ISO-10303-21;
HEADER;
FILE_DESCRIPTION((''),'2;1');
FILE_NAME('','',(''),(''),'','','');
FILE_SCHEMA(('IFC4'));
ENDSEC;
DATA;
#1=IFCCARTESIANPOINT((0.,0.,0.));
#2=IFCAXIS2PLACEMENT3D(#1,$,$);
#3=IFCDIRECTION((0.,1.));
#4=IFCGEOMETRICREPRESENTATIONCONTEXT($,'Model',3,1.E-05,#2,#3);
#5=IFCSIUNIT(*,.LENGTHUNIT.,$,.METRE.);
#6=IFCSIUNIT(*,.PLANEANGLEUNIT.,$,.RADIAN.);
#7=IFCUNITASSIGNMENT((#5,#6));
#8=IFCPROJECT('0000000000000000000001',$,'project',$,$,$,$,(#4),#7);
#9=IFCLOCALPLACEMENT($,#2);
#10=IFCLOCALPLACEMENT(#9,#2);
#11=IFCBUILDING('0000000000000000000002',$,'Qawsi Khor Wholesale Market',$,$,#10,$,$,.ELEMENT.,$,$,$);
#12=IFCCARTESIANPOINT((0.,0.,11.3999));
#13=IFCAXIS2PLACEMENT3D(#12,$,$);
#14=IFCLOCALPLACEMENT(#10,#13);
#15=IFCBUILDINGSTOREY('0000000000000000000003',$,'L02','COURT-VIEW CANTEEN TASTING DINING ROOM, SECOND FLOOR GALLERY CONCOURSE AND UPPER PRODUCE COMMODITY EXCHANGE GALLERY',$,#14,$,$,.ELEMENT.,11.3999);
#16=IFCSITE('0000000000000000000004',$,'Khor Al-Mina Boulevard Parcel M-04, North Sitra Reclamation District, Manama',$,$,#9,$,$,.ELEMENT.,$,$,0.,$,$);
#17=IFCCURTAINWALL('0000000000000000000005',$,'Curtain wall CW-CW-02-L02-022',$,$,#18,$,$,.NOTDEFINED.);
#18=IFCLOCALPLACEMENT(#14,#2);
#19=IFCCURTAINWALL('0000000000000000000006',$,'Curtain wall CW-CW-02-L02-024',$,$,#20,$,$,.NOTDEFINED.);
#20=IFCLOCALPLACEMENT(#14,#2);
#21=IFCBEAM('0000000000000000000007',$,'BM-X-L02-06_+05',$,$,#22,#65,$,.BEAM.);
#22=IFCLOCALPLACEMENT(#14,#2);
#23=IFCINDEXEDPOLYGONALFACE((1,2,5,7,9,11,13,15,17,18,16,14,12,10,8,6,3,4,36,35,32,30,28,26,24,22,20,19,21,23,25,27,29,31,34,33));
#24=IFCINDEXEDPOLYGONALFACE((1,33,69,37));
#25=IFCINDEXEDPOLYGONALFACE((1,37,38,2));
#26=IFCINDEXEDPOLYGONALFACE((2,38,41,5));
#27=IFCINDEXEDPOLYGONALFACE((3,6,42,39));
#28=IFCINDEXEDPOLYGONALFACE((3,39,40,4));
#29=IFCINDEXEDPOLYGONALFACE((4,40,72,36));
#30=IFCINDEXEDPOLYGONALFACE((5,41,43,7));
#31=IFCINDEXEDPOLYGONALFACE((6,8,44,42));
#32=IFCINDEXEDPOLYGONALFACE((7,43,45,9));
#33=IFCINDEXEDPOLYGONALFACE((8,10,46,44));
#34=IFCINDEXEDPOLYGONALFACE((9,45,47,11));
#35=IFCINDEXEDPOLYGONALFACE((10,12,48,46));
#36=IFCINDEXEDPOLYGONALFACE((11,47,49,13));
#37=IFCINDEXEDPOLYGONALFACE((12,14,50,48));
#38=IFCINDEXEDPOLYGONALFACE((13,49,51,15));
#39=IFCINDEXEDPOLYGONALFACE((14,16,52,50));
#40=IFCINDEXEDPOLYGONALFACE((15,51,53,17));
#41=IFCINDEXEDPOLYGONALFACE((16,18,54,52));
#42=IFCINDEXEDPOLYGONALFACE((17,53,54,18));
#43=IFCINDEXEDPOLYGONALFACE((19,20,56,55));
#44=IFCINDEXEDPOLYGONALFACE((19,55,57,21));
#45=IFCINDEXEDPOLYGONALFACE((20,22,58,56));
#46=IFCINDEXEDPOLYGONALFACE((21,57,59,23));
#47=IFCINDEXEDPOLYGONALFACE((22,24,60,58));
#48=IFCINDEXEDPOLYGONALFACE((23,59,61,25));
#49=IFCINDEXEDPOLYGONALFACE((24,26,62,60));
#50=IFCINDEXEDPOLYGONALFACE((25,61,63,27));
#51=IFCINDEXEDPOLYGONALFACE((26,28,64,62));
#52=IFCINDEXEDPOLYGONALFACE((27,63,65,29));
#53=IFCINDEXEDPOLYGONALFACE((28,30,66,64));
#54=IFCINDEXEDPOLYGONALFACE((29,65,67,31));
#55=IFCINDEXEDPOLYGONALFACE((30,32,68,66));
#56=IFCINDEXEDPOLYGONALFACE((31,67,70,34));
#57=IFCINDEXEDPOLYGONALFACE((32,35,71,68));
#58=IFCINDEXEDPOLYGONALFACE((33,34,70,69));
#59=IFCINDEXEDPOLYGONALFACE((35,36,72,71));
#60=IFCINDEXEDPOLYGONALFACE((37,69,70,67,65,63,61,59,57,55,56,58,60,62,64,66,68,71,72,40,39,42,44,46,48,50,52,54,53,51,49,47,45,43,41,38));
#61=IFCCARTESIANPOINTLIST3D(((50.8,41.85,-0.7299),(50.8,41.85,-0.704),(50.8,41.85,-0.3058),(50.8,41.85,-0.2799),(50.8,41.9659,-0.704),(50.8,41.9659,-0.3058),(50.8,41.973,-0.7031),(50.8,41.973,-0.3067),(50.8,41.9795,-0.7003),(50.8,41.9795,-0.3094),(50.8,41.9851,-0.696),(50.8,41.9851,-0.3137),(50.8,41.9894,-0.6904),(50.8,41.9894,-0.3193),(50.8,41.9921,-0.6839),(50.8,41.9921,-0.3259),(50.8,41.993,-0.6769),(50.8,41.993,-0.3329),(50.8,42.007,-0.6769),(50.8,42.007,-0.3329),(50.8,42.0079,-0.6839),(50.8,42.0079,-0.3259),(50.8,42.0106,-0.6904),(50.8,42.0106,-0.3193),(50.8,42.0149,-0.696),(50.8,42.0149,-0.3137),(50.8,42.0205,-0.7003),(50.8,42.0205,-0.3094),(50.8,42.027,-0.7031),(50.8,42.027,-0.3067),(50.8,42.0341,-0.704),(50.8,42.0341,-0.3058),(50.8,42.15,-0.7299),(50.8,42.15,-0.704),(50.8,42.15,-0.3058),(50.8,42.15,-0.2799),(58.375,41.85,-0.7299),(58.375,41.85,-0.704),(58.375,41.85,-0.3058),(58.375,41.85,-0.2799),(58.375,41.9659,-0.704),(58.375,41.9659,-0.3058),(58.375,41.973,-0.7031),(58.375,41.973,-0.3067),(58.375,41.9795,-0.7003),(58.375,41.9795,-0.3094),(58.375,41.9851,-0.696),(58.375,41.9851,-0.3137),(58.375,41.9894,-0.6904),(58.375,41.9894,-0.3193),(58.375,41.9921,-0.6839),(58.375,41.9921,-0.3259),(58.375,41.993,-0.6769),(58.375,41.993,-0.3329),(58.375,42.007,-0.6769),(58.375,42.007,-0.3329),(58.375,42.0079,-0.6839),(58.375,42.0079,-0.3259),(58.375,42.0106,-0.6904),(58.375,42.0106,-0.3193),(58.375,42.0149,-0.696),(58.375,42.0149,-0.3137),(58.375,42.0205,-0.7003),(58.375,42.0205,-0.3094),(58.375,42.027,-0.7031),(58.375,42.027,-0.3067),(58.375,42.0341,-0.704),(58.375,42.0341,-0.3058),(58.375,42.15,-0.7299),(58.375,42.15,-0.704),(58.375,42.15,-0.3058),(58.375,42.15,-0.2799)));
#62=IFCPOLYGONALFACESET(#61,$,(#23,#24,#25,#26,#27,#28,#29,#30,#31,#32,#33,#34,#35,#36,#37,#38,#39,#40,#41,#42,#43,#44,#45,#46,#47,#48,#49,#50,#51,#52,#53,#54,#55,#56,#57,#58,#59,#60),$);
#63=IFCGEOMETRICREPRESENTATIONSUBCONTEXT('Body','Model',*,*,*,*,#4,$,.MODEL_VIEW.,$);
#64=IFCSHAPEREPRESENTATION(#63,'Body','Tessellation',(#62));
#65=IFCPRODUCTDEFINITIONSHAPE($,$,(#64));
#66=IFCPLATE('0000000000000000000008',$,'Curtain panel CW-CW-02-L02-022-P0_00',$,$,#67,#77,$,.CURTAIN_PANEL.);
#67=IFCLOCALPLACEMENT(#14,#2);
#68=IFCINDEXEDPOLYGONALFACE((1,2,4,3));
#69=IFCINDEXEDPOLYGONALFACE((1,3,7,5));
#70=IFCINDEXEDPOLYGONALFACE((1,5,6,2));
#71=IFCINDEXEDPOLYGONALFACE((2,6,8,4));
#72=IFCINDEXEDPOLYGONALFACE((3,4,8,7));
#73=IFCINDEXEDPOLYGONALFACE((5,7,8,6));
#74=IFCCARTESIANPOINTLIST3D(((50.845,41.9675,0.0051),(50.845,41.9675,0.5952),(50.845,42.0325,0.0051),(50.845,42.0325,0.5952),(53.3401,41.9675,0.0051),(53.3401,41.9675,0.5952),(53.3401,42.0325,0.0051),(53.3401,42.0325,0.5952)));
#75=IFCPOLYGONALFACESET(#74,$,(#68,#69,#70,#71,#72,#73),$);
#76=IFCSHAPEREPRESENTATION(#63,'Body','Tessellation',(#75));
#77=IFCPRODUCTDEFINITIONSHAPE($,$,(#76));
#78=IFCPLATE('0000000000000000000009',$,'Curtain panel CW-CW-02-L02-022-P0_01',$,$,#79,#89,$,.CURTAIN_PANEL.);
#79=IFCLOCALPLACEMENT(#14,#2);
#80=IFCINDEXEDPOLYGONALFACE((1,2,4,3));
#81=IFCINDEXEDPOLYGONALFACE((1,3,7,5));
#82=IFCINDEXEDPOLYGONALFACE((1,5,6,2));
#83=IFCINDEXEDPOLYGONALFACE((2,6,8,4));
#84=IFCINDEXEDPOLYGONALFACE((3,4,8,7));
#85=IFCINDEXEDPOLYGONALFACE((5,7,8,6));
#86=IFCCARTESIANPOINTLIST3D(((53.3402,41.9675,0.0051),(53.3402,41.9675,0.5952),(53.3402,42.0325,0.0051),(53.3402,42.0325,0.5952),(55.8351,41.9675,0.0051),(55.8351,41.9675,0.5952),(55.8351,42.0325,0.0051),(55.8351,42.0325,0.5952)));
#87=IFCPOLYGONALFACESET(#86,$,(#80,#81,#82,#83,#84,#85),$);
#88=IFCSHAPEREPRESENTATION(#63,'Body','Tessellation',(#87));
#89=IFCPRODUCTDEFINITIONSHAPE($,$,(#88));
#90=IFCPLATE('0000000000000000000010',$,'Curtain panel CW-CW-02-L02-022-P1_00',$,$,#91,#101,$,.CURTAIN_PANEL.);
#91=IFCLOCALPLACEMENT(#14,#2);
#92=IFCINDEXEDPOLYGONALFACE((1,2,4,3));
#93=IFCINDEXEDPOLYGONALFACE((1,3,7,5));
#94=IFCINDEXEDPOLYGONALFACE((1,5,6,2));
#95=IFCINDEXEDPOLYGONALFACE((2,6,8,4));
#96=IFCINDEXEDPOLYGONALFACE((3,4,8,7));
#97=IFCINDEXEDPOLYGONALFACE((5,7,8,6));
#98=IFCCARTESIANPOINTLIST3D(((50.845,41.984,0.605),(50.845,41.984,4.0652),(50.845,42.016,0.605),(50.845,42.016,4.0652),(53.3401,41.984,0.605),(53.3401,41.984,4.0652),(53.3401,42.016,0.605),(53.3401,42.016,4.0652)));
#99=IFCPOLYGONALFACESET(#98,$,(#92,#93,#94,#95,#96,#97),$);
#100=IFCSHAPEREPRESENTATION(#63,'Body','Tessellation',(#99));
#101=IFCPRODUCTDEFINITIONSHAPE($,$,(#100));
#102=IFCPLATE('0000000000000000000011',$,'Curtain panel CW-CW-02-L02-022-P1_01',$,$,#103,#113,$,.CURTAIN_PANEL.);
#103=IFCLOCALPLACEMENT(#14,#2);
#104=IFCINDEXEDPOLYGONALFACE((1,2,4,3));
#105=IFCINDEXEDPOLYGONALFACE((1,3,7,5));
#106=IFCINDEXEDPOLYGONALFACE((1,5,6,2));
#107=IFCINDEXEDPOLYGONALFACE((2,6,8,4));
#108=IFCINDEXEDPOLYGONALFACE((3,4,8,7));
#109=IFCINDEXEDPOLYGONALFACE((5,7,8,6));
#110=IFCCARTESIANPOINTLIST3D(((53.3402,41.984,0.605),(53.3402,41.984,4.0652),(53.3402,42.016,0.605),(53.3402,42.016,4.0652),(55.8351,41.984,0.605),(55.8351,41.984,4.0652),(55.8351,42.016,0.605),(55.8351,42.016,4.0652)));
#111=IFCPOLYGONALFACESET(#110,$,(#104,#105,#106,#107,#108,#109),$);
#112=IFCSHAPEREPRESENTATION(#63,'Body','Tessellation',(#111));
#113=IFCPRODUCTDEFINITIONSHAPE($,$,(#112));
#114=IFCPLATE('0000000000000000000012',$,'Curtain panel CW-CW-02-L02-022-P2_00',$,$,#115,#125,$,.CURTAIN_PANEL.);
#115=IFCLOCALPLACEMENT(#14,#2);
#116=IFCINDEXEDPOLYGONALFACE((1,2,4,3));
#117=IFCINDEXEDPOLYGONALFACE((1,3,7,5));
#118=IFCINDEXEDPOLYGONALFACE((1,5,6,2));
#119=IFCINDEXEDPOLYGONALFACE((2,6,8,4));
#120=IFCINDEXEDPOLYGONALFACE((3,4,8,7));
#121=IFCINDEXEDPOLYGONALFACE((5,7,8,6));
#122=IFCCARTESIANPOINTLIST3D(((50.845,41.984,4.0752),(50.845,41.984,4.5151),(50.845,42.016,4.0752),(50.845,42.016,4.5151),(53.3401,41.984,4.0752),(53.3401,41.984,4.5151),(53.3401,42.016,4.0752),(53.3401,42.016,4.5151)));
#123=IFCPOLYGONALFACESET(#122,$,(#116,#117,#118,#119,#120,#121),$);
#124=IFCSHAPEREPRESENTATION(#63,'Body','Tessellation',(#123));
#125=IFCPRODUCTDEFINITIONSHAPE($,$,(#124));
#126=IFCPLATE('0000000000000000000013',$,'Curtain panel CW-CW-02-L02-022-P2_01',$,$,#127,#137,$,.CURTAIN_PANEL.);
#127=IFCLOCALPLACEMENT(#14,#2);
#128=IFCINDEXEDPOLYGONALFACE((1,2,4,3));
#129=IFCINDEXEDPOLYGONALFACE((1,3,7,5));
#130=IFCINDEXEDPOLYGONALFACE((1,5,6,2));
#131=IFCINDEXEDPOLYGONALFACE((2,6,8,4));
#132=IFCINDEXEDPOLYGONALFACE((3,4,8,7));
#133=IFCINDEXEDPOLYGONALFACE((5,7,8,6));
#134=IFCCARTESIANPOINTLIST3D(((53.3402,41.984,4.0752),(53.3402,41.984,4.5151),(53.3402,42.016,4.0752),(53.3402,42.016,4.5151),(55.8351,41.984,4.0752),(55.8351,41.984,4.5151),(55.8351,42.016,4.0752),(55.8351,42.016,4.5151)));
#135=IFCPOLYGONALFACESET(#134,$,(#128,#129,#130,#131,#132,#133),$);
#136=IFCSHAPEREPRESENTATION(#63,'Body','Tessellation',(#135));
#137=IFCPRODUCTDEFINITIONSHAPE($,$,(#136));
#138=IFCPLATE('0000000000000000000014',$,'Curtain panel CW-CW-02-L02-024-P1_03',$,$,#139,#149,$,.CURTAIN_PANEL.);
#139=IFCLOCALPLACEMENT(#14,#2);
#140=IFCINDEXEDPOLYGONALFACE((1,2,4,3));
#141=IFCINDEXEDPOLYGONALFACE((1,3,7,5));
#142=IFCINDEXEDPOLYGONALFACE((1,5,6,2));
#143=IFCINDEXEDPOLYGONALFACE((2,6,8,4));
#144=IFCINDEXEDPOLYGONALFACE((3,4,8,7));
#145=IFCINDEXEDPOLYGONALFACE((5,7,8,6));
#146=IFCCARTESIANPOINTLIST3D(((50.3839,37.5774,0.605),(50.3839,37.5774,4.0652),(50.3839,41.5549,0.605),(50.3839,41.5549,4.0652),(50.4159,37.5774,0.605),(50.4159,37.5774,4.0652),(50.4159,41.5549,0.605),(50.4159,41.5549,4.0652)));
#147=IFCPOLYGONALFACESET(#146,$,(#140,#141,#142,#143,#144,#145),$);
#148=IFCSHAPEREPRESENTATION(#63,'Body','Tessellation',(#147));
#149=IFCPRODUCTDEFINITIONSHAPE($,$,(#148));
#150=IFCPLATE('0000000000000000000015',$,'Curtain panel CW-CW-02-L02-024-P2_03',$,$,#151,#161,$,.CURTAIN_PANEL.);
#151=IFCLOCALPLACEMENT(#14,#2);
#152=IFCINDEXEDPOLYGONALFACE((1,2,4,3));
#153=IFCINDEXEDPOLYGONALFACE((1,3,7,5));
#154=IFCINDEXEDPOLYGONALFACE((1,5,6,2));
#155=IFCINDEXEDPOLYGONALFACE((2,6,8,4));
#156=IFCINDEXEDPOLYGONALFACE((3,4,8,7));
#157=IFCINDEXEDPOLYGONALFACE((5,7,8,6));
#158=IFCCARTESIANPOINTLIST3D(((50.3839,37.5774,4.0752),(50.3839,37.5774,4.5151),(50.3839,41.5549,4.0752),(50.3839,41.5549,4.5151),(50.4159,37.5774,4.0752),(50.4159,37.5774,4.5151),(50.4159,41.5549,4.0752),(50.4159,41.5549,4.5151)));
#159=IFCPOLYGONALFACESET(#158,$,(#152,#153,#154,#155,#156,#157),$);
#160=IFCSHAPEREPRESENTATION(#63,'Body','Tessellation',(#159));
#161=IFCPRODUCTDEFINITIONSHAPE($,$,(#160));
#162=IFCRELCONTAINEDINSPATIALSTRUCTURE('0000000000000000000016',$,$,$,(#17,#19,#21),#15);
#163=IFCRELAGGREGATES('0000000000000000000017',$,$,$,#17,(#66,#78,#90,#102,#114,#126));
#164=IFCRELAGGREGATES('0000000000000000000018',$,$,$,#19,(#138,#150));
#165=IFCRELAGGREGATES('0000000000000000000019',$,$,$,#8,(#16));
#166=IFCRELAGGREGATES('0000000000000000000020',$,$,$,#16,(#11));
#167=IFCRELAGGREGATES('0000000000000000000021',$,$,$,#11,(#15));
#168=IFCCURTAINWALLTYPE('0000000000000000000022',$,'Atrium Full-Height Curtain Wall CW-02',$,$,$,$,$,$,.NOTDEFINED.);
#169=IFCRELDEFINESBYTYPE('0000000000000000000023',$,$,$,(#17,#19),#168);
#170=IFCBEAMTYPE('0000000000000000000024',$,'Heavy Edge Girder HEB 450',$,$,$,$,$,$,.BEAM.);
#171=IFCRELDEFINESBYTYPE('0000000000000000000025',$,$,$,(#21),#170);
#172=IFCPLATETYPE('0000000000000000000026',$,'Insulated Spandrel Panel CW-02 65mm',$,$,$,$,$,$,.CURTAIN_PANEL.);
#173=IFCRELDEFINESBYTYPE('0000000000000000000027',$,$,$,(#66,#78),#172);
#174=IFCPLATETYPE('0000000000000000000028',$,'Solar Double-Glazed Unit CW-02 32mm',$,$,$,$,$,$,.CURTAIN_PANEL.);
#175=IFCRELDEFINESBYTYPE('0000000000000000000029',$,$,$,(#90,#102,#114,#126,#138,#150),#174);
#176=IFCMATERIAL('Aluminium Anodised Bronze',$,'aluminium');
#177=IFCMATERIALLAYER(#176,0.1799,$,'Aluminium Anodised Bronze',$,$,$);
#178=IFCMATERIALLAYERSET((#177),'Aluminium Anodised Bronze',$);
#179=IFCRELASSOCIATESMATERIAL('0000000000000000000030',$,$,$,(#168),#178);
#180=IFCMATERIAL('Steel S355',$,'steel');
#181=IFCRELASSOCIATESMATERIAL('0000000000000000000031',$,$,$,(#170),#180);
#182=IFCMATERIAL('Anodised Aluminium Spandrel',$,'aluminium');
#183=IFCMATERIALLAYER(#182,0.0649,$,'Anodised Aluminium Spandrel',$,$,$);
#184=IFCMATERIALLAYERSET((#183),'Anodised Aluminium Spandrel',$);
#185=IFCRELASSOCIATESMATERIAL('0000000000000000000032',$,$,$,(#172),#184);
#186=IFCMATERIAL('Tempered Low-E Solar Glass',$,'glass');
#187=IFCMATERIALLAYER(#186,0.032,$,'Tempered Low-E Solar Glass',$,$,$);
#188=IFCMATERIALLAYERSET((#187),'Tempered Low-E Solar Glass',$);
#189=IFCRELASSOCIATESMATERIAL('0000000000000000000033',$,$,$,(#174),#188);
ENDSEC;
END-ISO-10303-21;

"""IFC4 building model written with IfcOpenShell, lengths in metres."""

from ifc_helpers import new_model, si_unit, direction, frame, frame_2d, origin, origin_2d, place, context, subcontext, project, spatial, rectangle, i_section, extrude, material, layer, layer_set, material_profile, profile_set, type_object, element, aggregate, save


model = new_model("IFC4")

# Units and contexts
model_context = context("Model", 3, precision=1e-05, world=origin(), true_north=direction((0.0, 1.0)))
body_context = subcontext(model_context, "Body", "Model", "MODEL_VIEW")
ifc_project = project(units=[si_unit("LENGTHUNIT", "METRE"), si_unit("PLANEANGLEUNIT", "RADIAN")], contexts=[model_context])

# Site, building, storey
site_placement = place(None, origin())
site = spatial("IfcSite", under=ifc_project, at=site_placement, Name="Khor Al-Mina Boulevard Parcel M-04, North Sitra Reclamation District, Manama", CompositionType="ELEMENT", RefElevation=0.0)
building_placement = place(site_placement, origin())
building = spatial("IfcBuilding", under=site, at=building_placement, Name="Qawsi Khor Wholesale Market", CompositionType="ELEMENT")
storey_placement = place(building_placement, frame((0.0, 0.0, 11.3999)))
storey = spatial("IfcBuildingStorey", under=building, at=storey_placement, Name="L02", Description="COURT-VIEW CANTEEN TASTING DINING ROOM, SECOND FLOOR GALLERY CONCOURSE AND UPPER PRODUCE COMMODITY EXCHANGE GALLERY", CompositionType="ELEMENT", Elevation=11.3999)

# Curtain wall
ifc_material_1 = material(Name="Aluminium Anodised Bronze", Category="aluminium")
ifc_layer_1 = layer(ifc_material_1, 0.1799, Name="Aluminium Anodised Bronze")
ifc_layer_set_1 = layer_set([ifc_layer_1], Name="Aluminium Anodised Bronze")
curtain_wall_type = type_object("IfcCurtainWallType", Name="Atrium Full-Height Curtain Wall CW-02", PredefinedType="NOTDEFINED", material=ifc_layer_set_1)
curtain_wall_1_placement = place(storey_placement, origin())
curtain_wall_1 = element("IfcCurtainWall", 1, at=curtain_wall_1_placement, inside=storey, type_object=curtain_wall_type, Name="Curtain wall CW-CW-02-L02-022", PredefinedType="NOTDEFINED")

# Curtain wall
curtain_wall_2_placement = place(storey_placement, origin())
curtain_wall_2 = element("IfcCurtainWall", 2, at=curtain_wall_2_placement, inside=storey, type_object=curtain_wall_type, Name="Curtain wall CW-CW-02-L02-024", PredefinedType="NOTDEFINED")

# Beam
ifc_material_2 = material(Name="Steel S355", Category="steel")
ifc_material_profile_1 = material_profile(ifc_material_2, i_section(OverallWidth=0.3, OverallDepth=0.45, WebThickness=0.0139, FlangeThickness=0.0259, FilletRadius=0.0271, at=origin_2d()), Name="HEB 450")
ifc_profile_set_1 = profile_set([ifc_material_profile_1], Name="Steel S355")
beam_type = type_object("IfcBeamType", Name="Heavy Edge Girder HEB 450", PredefinedType="BEAM", material=ifc_profile_set_1)
beam_placement = place(storey_placement, frame((50.8, 42.0, -0.5049), z_axis=(1.0, 0.0, 0.0), x_axis=(0.0, 1.0, 0.0)))
element("IfcBeam", 3, at=beam_placement, inside=storey, type_object=beam_type, Name="BM-X-L02-06_+05", PredefinedType="BEAM", context=body_context, shape_type="SweptSolid", body=[
    extrude(i_section(OverallWidth=0.3, OverallDepth=0.45, WebThickness=0.0139, FlangeThickness=0.0259, FilletRadius=0.0271, at=origin_2d()), origin(), (0.0, 0.0, 1.0), 7.575),
])

# Plates
ifc_material_3 = material(Name="Anodised Aluminium Spandrel", Category="aluminium")
ifc_layer_2 = layer(ifc_material_3, 0.0649, Name="Anodised Aluminium Spandrel")
ifc_layer_set_2 = layer_set([ifc_layer_2], Name="Anodised Aluminium Spandrel")
plate_type_1 = type_object("IfcPlateType", Name="Insulated Spandrel Panel CW-02 65mm", PredefinedType="CURTAIN_PANEL", material=ifc_layer_set_2)
plate_1_placement = place(storey_placement, frame((50.845, 42.0, 0.0051), z_axis=(0.0, 0.0, 1.0), x_axis=(1.0, 0.0, 0.0)))
plate_1 = element("IfcPlate", 4, at=plate_1_placement, type_object=plate_type_1, Name="Curtain panel CW-CW-02-L02-022-P0_00", PredefinedType="CURTAIN_PANEL", context=body_context, shape_type="SweptSolid", body=[
    extrude(rectangle(XDim=2.4951, YDim=0.0649, at=frame_2d((1.2476, 0.0))), origin(), (0.0, 0.0, 1.0), 0.5901),
])
plate_2_placement = place(storey_placement, frame((53.3401, 42.0, 0.0051), z_axis=(0.0, 0.0, 1.0), x_axis=(1.0, 0.0, 0.0)))
plate_2 = element("IfcPlate", 5, at=plate_2_placement, type_object=plate_type_1, Name="Curtain panel CW-CW-02-L02-022-P0_01", PredefinedType="CURTAIN_PANEL", context=body_context, shape_type="SweptSolid", body=[
    extrude(rectangle(XDim=2.4949, YDim=0.0649, at=frame_2d((1.2476, 0.0))), origin(), (0.0, 0.0, 1.0), 0.5901),
])
ifc_material_4 = material(Name="Tempered Low-E Solar Glass", Category="glass")
ifc_layer_3 = layer(ifc_material_4, 0.032, Name="Tempered Low-E Solar Glass")
ifc_layer_set_3 = layer_set([ifc_layer_3], Name="Tempered Low-E Solar Glass")
plate_type_2 = type_object("IfcPlateType", Name="Solar Double-Glazed Unit CW-02 32mm", PredefinedType="CURTAIN_PANEL", material=ifc_layer_set_3)
plate_3_placement = place(storey_placement, frame((50.845, 42.0, 0.605), z_axis=(0.0, 0.0, 1.0), x_axis=(1.0, 0.0, 0.0)))
plate_3 = element("IfcPlate", 6, at=plate_3_placement, type_object=plate_type_2, Name="Curtain panel CW-CW-02-L02-022-P1_00", PredefinedType="CURTAIN_PANEL", context=body_context, shape_type="SweptSolid", body=[
    extrude(rectangle(XDim=2.4951, YDim=0.032, at=frame_2d((1.2476, 0.0))), origin(), (0.0, 0.0, 1.0), 3.4602),
])
plate_4_placement = place(storey_placement, frame((53.3401, 42.0, 0.605), z_axis=(0.0, 0.0, 1.0), x_axis=(1.0, 0.0, 0.0)))
plate_4 = element("IfcPlate", 7, at=plate_4_placement, type_object=plate_type_2, Name="Curtain panel CW-CW-02-L02-022-P1_01", PredefinedType="CURTAIN_PANEL", context=body_context, shape_type="SweptSolid", body=[
    extrude(rectangle(XDim=2.4949, YDim=0.032, at=frame_2d((1.2476, 0.0))), origin(), (0.0, 0.0, 1.0), 3.4602),
])
plate_5_placement = place(storey_placement, frame((50.845, 42.0, 4.0752), z_axis=(0.0, 0.0, 1.0), x_axis=(1.0, 0.0, 0.0)))
plate_5 = element("IfcPlate", 8, at=plate_5_placement, type_object=plate_type_2, Name="Curtain panel CW-CW-02-L02-022-P2_00", PredefinedType="CURTAIN_PANEL", context=body_context, shape_type="SweptSolid", body=[
    extrude(rectangle(XDim=2.4951, YDim=0.032, at=frame_2d((1.2476, 0.0))), origin(), (0.0, 0.0, 1.0), 0.4399),
])
plate_6_placement = place(storey_placement, frame((53.3401, 42.0, 4.0752), z_axis=(0.0, 0.0, 1.0), x_axis=(1.0, 0.0, 0.0)))
plate_6 = element("IfcPlate", 9, at=plate_6_placement, type_object=plate_type_2, Name="Curtain panel CW-CW-02-L02-022-P2_01", PredefinedType="CURTAIN_PANEL", context=body_context, shape_type="SweptSolid", body=[
    extrude(rectangle(XDim=2.4949, YDim=0.032, at=frame_2d((1.2476, 0.0))), origin(), (0.0, 0.0, 1.0), 0.4399),
])
aggregate(curtain_wall_1, [plate_1, plate_2, plate_3, plate_4, plate_5, plate_6])
plate_7_placement = place(storey_placement, frame((50.3999, 37.5774, 0.605), z_axis=(0.0, 0.0, 1.0), x_axis=(0.0, 1.0, 0.0)))
plate_7 = element("IfcPlate", 10, at=plate_7_placement, type_object=plate_type_2, Name="Curtain panel CW-CW-02-L02-024-P1_03", PredefinedType="CURTAIN_PANEL", context=body_context, shape_type="SweptSolid", body=[
    extrude(rectangle(XDim=3.9775, YDim=0.032, at=frame_2d((1.9888, 0.0))), origin(), (0.0, 0.0, 1.0), 3.4602),
])
plate_8_placement = place(storey_placement, frame((50.3999, 37.5774, 4.0752), z_axis=(0.0, 0.0, 1.0), x_axis=(0.0, 1.0, 0.0)))
plate_8 = element("IfcPlate", 11, at=plate_8_placement, type_object=plate_type_2, Name="Curtain panel CW-CW-02-L02-024-P2_03", PredefinedType="CURTAIN_PANEL", context=body_context, shape_type="SweptSolid", body=[
    extrude(rectangle(XDim=3.9775, YDim=0.032, at=frame_2d((1.9888, 0.0))), origin(), (0.0, 0.0, 1.0), 0.4399),
])
aggregate(curtain_wall_2, [plate_7, plate_8])

save(model, "model.ifc")
